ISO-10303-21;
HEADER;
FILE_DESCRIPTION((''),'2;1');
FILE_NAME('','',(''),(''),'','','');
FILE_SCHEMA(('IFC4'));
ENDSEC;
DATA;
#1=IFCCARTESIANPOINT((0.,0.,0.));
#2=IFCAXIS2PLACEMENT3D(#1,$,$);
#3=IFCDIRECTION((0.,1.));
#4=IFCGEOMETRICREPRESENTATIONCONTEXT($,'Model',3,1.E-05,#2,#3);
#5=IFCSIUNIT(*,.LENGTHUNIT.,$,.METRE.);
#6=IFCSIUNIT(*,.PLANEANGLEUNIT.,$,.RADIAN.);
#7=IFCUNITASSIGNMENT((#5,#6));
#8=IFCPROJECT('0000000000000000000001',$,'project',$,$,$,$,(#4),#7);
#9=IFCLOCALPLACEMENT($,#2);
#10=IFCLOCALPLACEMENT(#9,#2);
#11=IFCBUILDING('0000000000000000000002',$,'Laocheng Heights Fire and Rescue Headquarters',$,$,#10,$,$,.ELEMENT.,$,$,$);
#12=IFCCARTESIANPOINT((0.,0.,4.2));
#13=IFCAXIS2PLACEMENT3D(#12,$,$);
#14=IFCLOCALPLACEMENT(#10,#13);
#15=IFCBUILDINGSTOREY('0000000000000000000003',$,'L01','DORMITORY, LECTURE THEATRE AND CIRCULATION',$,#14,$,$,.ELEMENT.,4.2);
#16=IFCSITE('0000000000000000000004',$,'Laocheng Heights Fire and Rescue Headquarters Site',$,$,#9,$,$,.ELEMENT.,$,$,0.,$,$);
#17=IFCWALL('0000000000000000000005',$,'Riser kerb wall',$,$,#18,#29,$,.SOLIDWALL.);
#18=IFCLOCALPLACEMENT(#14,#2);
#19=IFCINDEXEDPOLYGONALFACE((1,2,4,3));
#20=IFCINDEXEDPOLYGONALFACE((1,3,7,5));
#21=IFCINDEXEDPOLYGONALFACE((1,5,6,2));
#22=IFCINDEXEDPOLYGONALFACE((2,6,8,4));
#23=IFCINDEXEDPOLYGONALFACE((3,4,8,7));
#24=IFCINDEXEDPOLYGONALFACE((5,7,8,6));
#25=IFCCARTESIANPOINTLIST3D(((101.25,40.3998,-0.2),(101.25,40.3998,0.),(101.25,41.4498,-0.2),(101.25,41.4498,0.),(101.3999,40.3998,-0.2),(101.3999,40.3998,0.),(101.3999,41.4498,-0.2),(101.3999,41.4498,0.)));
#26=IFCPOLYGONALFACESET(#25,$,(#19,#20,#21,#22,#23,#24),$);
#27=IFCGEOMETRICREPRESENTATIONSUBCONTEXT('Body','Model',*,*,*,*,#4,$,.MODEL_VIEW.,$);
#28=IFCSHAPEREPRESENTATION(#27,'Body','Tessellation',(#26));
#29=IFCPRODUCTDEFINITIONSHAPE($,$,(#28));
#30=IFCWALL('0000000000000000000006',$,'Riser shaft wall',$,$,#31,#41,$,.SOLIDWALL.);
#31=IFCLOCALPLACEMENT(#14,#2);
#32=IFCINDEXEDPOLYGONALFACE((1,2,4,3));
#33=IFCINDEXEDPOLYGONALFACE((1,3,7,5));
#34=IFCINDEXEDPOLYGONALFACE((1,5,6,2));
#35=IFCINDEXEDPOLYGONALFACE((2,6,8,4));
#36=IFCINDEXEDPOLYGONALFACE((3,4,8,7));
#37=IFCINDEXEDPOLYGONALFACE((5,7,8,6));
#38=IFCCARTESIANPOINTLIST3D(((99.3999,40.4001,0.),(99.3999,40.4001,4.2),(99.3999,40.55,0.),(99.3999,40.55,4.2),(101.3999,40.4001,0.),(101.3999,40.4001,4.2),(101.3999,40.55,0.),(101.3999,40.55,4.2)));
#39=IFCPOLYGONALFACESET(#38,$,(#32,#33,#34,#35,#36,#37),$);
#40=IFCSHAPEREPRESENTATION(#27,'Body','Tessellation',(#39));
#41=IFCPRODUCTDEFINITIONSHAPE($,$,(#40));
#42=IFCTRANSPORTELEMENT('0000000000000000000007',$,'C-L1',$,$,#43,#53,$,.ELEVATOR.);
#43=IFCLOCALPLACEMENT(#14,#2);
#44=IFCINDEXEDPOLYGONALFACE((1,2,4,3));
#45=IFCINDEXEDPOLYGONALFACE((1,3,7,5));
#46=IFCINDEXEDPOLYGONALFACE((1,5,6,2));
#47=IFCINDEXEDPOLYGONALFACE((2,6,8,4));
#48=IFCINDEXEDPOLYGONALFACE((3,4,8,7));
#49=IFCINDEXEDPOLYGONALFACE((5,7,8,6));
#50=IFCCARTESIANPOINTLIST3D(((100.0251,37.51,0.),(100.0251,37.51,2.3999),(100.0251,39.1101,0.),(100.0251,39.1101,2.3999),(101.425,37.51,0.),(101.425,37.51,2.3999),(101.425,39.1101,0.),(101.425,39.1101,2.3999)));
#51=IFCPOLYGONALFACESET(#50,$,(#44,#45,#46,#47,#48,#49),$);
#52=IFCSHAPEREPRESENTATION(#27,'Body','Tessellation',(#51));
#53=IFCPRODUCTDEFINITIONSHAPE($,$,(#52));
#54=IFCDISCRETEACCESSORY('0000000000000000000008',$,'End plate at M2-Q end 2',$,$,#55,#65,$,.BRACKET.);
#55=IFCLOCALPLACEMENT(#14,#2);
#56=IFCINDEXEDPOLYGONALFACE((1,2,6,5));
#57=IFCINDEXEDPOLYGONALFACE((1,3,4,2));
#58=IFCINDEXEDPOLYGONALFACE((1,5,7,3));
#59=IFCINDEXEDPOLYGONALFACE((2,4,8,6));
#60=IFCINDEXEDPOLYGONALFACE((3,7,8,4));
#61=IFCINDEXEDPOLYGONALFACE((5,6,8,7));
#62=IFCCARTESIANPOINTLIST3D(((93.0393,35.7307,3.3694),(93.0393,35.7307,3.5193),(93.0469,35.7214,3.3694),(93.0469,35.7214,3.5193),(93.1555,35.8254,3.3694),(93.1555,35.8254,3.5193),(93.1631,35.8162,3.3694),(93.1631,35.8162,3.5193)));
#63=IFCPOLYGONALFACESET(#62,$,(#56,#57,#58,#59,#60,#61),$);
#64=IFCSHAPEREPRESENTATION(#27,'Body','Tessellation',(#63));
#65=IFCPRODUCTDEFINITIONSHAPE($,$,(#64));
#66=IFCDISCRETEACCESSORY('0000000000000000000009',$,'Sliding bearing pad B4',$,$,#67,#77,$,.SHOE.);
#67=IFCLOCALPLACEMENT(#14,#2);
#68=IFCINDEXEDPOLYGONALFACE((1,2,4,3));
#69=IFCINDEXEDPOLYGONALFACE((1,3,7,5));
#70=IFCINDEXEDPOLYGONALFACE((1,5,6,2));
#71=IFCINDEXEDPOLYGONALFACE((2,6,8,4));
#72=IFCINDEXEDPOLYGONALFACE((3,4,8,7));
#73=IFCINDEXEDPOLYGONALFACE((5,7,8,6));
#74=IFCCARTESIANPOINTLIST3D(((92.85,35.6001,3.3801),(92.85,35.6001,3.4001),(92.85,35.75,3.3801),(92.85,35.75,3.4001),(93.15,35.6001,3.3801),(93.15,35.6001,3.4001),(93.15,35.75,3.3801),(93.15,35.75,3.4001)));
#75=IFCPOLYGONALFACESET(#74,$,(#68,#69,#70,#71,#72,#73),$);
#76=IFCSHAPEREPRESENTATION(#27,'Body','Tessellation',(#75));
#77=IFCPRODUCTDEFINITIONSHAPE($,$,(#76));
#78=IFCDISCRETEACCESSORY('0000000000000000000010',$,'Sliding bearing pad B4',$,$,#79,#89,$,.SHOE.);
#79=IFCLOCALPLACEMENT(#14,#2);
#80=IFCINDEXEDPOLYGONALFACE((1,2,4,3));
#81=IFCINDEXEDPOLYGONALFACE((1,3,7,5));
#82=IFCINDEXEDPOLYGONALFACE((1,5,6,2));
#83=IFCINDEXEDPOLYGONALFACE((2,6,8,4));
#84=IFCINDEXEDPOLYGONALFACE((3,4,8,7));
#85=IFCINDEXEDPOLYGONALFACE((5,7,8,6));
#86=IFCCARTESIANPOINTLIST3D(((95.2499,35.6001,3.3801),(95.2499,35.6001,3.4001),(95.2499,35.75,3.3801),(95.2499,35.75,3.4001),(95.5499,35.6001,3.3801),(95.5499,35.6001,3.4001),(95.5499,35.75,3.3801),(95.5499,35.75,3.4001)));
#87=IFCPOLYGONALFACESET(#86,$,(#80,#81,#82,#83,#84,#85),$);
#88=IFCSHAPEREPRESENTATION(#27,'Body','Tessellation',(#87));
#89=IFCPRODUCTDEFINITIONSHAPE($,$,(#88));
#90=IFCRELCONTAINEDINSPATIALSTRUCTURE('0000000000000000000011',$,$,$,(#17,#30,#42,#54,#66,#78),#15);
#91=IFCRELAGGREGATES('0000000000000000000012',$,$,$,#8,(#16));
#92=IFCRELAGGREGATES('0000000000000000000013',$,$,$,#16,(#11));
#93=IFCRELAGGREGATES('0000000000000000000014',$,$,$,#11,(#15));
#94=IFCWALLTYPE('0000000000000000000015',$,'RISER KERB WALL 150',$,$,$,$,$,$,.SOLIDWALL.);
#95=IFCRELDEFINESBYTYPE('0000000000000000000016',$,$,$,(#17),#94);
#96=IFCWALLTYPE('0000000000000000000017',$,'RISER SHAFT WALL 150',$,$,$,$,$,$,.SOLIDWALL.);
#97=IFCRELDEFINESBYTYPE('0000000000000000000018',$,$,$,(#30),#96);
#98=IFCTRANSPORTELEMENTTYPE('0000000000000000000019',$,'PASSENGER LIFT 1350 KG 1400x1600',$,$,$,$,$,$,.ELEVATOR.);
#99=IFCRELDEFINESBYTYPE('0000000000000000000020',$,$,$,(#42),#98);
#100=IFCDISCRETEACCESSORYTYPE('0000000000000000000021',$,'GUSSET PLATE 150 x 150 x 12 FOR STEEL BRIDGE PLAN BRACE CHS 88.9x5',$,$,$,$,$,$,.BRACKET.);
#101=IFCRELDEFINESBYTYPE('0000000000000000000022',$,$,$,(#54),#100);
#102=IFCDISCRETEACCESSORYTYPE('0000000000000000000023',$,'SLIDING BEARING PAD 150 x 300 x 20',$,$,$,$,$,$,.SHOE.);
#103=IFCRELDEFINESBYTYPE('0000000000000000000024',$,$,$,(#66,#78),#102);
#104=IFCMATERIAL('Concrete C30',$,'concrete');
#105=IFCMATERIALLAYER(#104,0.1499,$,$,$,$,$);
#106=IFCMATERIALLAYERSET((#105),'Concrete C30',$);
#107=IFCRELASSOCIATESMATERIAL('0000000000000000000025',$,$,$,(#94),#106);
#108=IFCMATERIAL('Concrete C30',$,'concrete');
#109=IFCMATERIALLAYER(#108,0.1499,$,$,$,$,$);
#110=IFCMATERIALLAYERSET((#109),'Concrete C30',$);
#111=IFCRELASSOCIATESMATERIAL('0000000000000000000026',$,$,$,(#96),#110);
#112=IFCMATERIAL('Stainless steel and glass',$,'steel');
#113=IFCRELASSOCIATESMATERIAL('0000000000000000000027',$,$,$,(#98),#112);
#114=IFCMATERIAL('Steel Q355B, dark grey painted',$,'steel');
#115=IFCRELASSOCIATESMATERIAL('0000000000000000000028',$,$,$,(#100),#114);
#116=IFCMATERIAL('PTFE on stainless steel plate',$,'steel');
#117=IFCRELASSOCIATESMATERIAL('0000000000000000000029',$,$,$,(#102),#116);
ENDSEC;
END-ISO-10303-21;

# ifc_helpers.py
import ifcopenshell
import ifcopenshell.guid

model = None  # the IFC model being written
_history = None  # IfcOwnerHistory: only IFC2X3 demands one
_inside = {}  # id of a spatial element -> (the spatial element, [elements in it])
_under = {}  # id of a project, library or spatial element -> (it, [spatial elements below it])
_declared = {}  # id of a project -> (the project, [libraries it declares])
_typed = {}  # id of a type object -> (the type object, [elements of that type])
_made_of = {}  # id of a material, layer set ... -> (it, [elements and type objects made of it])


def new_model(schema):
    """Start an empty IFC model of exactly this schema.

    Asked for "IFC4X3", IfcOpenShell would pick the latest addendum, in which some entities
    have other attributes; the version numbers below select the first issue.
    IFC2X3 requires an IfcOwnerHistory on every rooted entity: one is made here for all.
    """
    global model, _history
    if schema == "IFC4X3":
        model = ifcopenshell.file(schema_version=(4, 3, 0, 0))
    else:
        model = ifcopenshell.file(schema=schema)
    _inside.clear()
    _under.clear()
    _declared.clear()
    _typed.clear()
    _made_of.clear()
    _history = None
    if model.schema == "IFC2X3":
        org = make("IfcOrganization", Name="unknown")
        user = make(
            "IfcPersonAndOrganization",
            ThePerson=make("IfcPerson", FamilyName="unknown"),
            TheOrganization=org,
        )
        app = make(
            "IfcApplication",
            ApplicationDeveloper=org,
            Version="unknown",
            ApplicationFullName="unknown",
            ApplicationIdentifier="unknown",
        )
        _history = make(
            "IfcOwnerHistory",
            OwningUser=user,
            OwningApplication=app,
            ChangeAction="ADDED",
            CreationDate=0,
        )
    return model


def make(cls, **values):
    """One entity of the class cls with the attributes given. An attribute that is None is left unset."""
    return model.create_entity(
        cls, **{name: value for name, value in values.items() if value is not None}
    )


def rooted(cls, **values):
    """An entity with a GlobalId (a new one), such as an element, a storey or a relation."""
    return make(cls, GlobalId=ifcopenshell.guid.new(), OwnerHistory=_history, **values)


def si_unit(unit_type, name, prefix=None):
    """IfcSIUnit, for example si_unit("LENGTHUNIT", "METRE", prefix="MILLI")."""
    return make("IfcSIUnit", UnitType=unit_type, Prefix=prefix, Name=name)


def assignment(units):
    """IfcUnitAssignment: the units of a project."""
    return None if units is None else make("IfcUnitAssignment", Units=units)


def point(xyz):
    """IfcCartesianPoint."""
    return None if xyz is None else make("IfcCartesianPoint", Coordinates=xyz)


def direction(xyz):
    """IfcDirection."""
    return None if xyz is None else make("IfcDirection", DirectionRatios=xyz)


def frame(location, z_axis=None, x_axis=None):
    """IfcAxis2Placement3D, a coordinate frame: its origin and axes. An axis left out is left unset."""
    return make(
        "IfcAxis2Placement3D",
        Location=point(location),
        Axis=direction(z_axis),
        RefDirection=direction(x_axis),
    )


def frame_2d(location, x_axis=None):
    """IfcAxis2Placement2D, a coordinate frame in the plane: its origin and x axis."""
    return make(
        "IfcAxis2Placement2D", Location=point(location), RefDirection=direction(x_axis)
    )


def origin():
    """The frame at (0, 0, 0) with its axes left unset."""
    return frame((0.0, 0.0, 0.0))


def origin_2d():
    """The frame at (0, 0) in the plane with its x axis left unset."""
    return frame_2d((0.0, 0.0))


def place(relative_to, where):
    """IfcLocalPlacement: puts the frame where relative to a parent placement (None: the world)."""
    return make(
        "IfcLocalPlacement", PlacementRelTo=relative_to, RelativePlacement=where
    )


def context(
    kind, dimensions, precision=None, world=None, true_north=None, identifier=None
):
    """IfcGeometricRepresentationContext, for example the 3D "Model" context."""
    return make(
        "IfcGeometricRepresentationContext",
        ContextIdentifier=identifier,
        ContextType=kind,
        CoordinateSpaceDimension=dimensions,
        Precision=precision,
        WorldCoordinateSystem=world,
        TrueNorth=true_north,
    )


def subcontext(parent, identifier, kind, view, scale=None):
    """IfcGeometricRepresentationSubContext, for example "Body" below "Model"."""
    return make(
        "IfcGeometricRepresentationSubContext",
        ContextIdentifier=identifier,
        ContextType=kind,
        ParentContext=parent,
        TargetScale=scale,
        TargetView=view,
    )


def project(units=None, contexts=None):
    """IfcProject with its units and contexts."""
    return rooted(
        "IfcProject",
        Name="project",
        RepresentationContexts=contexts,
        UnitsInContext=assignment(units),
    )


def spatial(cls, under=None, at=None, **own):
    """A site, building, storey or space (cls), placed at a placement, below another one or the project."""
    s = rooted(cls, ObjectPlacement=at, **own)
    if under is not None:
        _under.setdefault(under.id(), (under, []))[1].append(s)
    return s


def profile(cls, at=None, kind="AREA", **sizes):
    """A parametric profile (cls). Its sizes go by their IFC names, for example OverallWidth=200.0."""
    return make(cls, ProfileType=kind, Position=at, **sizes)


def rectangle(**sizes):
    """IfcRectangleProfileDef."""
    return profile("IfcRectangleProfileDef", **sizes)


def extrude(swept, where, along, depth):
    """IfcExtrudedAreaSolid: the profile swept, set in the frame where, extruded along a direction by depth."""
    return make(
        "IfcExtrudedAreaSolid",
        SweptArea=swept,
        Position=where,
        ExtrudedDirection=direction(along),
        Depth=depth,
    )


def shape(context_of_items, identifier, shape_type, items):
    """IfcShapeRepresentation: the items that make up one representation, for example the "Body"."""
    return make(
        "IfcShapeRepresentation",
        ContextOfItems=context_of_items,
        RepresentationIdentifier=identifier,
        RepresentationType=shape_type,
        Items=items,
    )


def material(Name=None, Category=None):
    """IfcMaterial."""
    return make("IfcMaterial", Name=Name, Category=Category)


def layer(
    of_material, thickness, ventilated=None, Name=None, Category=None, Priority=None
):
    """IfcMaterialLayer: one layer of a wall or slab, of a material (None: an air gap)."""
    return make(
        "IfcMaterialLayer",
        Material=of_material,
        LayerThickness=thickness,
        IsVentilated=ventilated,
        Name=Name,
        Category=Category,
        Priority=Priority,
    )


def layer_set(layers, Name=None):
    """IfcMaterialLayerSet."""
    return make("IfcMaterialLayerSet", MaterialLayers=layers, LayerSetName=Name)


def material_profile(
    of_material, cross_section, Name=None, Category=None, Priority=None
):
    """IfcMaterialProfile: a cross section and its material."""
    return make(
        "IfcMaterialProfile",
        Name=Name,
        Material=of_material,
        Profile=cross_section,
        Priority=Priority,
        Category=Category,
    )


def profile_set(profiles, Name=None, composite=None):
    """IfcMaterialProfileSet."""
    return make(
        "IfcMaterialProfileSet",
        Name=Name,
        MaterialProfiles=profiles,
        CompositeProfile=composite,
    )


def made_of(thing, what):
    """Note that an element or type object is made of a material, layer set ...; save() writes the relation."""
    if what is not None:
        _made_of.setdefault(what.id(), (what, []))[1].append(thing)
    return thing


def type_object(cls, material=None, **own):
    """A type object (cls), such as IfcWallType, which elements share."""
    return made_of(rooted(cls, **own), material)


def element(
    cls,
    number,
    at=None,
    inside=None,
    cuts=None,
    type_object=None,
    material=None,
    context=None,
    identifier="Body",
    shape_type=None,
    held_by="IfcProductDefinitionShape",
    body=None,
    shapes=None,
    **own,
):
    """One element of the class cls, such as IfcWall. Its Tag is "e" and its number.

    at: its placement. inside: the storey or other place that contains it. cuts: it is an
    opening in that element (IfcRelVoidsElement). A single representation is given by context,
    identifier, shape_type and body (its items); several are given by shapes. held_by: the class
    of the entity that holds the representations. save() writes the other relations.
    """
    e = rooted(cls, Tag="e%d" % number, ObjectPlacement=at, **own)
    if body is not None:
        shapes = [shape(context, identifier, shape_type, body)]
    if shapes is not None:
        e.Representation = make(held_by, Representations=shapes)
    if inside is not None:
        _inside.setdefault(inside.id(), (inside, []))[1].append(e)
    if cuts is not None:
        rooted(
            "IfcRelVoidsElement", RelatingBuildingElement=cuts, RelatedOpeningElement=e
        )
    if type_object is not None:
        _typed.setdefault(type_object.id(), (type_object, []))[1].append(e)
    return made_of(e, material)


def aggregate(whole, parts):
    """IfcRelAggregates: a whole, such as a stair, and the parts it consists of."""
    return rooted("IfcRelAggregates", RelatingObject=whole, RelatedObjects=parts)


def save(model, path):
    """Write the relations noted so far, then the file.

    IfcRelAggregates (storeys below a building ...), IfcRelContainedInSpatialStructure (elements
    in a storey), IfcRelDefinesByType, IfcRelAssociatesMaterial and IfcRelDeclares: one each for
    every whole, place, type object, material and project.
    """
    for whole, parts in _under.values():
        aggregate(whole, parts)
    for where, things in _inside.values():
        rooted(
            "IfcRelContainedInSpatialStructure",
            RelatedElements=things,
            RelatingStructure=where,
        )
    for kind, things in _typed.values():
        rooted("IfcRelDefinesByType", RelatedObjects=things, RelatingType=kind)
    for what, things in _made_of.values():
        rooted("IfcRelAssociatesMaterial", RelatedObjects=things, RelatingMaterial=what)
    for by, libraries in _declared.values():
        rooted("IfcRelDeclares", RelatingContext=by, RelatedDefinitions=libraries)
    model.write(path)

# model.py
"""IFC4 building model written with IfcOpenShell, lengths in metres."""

from ifc_helpers import new_model, si_unit, direction, frame, frame_2d, origin, origin_2d, place, context, subcontext, project, spatial, rectangle, extrude, material, layer, layer_set, material_profile, profile_set, type_object, element, save


model = new_model("IFC4")

# Units and contexts
model_context = context("Model", 3, precision=1e-05, world=origin(), true_north=direction((0.0, 1.0)))
body_context = subcontext(model_context, "Body", "Model", "MODEL_VIEW")
ifc_project = project(units=[si_unit("LENGTHUNIT", "METRE"), si_unit("PLANEANGLEUNIT", "RADIAN")], contexts=[model_context])

# Site, building, storey
site_placement = place(None, origin())
site = spatial("IfcSite", under=ifc_project, at=site_placement, Name="Laocheng Heights Fire and Rescue Headquarters Site", CompositionType="ELEMENT", RefElevation=0.0)
building_placement = place(site_placement, origin())
building = spatial("IfcBuilding", under=site, at=building_placement, Name="Laocheng Heights Fire and Rescue Headquarters", CompositionType="ELEMENT")
storey_placement = place(building_placement, frame((0.0, 0.0, 4.2)))
storey = spatial("IfcBuildingStorey", under=building, at=storey_placement, Name="L01", Description="DORMITORY, LECTURE THEATRE AND CIRCULATION", CompositionType="ELEMENT", Elevation=4.2)

# Walls
ifc_material_1 = material(Name="Concrete C30", Category="concrete")
ifc_layer_1 = layer(ifc_material_1, 0.1499)
ifc_layer_set_1 = layer_set([ifc_layer_1], Name="Concrete C30")
wall_type_1 = type_object("IfcWallType", Name="RISER KERB WALL 150", PredefinedType="SOLIDWALL", material=ifc_layer_set_1)
for number, where, z_axis, x_axis, name in (
    (1, (101.325, 40.3999, -0.2), (0.0, 0.0, 1.0), (0.0, 1.0, 0.0), "Riser kerb wall"),
):
    element("IfcWall", number, at=place(storey_placement, frame(where, z_axis=z_axis, x_axis=x_axis)), inside=storey, type_object=wall_type_1, Name=name, PredefinedType="SOLIDWALL", context=body_context, shape_type="SweptSolid", body=[
        extrude(rectangle(XDim=1.05, YDim=0.1499, at=frame_2d((0.5249, 0.0))), origin(), (0.0, 0.0, 1.0), 0.2),
    ])
ifc_material_2 = material(Name="Concrete C30", Category="concrete")
ifc_layer_2 = layer(ifc_material_2, 0.1499)
ifc_layer_set_2 = layer_set([ifc_layer_2], Name="Concrete C30")
wall_type_2 = type_object("IfcWallType", Name="RISER SHAFT WALL 150", PredefinedType="SOLIDWALL", material=ifc_layer_set_2)
wall_1_placement = place(storey_placement, frame((99.3999, 40.4751, 0.0), z_axis=(0.0, 0.0, 1.0), x_axis=(1.0, 0.0, 0.0)))
element("IfcWall", 2, at=wall_1_placement, inside=storey, type_object=wall_type_2, Name="Riser shaft wall", PredefinedType="SOLIDWALL", context=body_context, shape_type="SweptSolid", body=[
    extrude(rectangle(XDim=2.0, YDim=0.1499, at=frame_2d((1.0, 0.0))), origin(), (0.0, 0.0, 1.0), 4.2),
])

# Transport element
ifc_material_3 = material(Name="Stainless steel and glass", Category="steel")
transport_element_type = type_object("IfcTransportElementType", Name="PASSENGER LIFT 1350 KG 1400x1600", PredefinedType="ELEVATOR", material=ifc_material_3)
transport_element_placement = place(storey_placement, frame((100.7251, 38.3101, 0.0), z_axis=(0.0, 0.0, 1.0), x_axis=(1.0, 0.0, 0.0)))
element("IfcTransportElement", 3, at=transport_element_placement, inside=storey, type_object=transport_element_type, Name="C-L1", PredefinedType="ELEVATOR", context=body_context, shape_type="SweptSolid", body=[
    extrude(rectangle(XDim=1.3999, YDim=1.6001, at=origin_2d()), origin(), (0.0, 0.0, 1.0), 2.3999),
])

# Discrete accessories
ifc_material_4 = material(Name="Steel Q355B, dark grey painted", Category="steel")
ifc_material_profile_1 = material_profile(ifc_material_4, rectangle(XDim=0.1499, YDim=0.1499, at=origin_2d()), Name="GUSSET PLATE 150 x 150 x 12 FOR STEEL BRIDGE PLAN BRACE CHS 88.9x5")
ifc_profile_set_1 = profile_set([ifc_material_profile_1], Name="Steel Q355B, dark grey painted")
discrete_accessory_type_1 = type_object("IfcDiscreteAccessoryType", Name="GUSSET PLATE 150 x 150 x 12 FOR STEEL BRIDGE PLAN BRACE CHS 88.9x5", PredefinedType="BRACKET", material=ifc_profile_set_1)
discrete_accessory_placement = place(storey_placement, frame((93.105, 35.7688, 3.4443), z_axis=(-0.632127, 0.774865, 0.0), x_axis=(-0.774865, -0.632127, 0.0)))
element("IfcDiscreteAccessory", 4, at=discrete_accessory_placement, inside=storey, type_object=discrete_accessory_type_1, Name="End plate at M2-Q end 2", PredefinedType="BRACKET", context=body_context, shape_type="SweptSolid", body=[
    extrude(rectangle(XDim=0.1499, YDim=0.1499, at=origin_2d()), origin(), (0.0, 0.0, 1.0), 0.012),
])
ifc_material_5 = material(Name="PTFE on stainless steel plate", Category="steel")
discrete_accessory_type_2 = type_object("IfcDiscreteAccessoryType", Name="SLIDING BEARING PAD 150 x 300 x 20", PredefinedType="SHOE", material=ifc_material_5)
for number, where, z_axis, x_axis, name in (
    (5, (93.0, 35.675, 3.3801), (0.0, 0.0, 1.0), (1.0, 0.0, 0.0), "Sliding bearing pad B4"),
    (6, (95.3999, 35.675, 3.3801), (0.0, 0.0, 1.0), (1.0, 0.0, 0.0), "Sliding bearing pad B4"),
):
    element("IfcDiscreteAccessory", number, at=place(storey_placement, frame(where, z_axis=z_axis, x_axis=x_axis)), inside=storey, type_object=discrete_accessory_type_2, Name=name, PredefinedType="SHOE", context=body_context, shape_type="SweptSolid", body=[
        extrude(rectangle(XDim=0.3, YDim=0.1499, at=origin_2d()), origin(), (0.0, 0.0, 1.0), 0.02),
    ])

save(model, "model.ifc")
